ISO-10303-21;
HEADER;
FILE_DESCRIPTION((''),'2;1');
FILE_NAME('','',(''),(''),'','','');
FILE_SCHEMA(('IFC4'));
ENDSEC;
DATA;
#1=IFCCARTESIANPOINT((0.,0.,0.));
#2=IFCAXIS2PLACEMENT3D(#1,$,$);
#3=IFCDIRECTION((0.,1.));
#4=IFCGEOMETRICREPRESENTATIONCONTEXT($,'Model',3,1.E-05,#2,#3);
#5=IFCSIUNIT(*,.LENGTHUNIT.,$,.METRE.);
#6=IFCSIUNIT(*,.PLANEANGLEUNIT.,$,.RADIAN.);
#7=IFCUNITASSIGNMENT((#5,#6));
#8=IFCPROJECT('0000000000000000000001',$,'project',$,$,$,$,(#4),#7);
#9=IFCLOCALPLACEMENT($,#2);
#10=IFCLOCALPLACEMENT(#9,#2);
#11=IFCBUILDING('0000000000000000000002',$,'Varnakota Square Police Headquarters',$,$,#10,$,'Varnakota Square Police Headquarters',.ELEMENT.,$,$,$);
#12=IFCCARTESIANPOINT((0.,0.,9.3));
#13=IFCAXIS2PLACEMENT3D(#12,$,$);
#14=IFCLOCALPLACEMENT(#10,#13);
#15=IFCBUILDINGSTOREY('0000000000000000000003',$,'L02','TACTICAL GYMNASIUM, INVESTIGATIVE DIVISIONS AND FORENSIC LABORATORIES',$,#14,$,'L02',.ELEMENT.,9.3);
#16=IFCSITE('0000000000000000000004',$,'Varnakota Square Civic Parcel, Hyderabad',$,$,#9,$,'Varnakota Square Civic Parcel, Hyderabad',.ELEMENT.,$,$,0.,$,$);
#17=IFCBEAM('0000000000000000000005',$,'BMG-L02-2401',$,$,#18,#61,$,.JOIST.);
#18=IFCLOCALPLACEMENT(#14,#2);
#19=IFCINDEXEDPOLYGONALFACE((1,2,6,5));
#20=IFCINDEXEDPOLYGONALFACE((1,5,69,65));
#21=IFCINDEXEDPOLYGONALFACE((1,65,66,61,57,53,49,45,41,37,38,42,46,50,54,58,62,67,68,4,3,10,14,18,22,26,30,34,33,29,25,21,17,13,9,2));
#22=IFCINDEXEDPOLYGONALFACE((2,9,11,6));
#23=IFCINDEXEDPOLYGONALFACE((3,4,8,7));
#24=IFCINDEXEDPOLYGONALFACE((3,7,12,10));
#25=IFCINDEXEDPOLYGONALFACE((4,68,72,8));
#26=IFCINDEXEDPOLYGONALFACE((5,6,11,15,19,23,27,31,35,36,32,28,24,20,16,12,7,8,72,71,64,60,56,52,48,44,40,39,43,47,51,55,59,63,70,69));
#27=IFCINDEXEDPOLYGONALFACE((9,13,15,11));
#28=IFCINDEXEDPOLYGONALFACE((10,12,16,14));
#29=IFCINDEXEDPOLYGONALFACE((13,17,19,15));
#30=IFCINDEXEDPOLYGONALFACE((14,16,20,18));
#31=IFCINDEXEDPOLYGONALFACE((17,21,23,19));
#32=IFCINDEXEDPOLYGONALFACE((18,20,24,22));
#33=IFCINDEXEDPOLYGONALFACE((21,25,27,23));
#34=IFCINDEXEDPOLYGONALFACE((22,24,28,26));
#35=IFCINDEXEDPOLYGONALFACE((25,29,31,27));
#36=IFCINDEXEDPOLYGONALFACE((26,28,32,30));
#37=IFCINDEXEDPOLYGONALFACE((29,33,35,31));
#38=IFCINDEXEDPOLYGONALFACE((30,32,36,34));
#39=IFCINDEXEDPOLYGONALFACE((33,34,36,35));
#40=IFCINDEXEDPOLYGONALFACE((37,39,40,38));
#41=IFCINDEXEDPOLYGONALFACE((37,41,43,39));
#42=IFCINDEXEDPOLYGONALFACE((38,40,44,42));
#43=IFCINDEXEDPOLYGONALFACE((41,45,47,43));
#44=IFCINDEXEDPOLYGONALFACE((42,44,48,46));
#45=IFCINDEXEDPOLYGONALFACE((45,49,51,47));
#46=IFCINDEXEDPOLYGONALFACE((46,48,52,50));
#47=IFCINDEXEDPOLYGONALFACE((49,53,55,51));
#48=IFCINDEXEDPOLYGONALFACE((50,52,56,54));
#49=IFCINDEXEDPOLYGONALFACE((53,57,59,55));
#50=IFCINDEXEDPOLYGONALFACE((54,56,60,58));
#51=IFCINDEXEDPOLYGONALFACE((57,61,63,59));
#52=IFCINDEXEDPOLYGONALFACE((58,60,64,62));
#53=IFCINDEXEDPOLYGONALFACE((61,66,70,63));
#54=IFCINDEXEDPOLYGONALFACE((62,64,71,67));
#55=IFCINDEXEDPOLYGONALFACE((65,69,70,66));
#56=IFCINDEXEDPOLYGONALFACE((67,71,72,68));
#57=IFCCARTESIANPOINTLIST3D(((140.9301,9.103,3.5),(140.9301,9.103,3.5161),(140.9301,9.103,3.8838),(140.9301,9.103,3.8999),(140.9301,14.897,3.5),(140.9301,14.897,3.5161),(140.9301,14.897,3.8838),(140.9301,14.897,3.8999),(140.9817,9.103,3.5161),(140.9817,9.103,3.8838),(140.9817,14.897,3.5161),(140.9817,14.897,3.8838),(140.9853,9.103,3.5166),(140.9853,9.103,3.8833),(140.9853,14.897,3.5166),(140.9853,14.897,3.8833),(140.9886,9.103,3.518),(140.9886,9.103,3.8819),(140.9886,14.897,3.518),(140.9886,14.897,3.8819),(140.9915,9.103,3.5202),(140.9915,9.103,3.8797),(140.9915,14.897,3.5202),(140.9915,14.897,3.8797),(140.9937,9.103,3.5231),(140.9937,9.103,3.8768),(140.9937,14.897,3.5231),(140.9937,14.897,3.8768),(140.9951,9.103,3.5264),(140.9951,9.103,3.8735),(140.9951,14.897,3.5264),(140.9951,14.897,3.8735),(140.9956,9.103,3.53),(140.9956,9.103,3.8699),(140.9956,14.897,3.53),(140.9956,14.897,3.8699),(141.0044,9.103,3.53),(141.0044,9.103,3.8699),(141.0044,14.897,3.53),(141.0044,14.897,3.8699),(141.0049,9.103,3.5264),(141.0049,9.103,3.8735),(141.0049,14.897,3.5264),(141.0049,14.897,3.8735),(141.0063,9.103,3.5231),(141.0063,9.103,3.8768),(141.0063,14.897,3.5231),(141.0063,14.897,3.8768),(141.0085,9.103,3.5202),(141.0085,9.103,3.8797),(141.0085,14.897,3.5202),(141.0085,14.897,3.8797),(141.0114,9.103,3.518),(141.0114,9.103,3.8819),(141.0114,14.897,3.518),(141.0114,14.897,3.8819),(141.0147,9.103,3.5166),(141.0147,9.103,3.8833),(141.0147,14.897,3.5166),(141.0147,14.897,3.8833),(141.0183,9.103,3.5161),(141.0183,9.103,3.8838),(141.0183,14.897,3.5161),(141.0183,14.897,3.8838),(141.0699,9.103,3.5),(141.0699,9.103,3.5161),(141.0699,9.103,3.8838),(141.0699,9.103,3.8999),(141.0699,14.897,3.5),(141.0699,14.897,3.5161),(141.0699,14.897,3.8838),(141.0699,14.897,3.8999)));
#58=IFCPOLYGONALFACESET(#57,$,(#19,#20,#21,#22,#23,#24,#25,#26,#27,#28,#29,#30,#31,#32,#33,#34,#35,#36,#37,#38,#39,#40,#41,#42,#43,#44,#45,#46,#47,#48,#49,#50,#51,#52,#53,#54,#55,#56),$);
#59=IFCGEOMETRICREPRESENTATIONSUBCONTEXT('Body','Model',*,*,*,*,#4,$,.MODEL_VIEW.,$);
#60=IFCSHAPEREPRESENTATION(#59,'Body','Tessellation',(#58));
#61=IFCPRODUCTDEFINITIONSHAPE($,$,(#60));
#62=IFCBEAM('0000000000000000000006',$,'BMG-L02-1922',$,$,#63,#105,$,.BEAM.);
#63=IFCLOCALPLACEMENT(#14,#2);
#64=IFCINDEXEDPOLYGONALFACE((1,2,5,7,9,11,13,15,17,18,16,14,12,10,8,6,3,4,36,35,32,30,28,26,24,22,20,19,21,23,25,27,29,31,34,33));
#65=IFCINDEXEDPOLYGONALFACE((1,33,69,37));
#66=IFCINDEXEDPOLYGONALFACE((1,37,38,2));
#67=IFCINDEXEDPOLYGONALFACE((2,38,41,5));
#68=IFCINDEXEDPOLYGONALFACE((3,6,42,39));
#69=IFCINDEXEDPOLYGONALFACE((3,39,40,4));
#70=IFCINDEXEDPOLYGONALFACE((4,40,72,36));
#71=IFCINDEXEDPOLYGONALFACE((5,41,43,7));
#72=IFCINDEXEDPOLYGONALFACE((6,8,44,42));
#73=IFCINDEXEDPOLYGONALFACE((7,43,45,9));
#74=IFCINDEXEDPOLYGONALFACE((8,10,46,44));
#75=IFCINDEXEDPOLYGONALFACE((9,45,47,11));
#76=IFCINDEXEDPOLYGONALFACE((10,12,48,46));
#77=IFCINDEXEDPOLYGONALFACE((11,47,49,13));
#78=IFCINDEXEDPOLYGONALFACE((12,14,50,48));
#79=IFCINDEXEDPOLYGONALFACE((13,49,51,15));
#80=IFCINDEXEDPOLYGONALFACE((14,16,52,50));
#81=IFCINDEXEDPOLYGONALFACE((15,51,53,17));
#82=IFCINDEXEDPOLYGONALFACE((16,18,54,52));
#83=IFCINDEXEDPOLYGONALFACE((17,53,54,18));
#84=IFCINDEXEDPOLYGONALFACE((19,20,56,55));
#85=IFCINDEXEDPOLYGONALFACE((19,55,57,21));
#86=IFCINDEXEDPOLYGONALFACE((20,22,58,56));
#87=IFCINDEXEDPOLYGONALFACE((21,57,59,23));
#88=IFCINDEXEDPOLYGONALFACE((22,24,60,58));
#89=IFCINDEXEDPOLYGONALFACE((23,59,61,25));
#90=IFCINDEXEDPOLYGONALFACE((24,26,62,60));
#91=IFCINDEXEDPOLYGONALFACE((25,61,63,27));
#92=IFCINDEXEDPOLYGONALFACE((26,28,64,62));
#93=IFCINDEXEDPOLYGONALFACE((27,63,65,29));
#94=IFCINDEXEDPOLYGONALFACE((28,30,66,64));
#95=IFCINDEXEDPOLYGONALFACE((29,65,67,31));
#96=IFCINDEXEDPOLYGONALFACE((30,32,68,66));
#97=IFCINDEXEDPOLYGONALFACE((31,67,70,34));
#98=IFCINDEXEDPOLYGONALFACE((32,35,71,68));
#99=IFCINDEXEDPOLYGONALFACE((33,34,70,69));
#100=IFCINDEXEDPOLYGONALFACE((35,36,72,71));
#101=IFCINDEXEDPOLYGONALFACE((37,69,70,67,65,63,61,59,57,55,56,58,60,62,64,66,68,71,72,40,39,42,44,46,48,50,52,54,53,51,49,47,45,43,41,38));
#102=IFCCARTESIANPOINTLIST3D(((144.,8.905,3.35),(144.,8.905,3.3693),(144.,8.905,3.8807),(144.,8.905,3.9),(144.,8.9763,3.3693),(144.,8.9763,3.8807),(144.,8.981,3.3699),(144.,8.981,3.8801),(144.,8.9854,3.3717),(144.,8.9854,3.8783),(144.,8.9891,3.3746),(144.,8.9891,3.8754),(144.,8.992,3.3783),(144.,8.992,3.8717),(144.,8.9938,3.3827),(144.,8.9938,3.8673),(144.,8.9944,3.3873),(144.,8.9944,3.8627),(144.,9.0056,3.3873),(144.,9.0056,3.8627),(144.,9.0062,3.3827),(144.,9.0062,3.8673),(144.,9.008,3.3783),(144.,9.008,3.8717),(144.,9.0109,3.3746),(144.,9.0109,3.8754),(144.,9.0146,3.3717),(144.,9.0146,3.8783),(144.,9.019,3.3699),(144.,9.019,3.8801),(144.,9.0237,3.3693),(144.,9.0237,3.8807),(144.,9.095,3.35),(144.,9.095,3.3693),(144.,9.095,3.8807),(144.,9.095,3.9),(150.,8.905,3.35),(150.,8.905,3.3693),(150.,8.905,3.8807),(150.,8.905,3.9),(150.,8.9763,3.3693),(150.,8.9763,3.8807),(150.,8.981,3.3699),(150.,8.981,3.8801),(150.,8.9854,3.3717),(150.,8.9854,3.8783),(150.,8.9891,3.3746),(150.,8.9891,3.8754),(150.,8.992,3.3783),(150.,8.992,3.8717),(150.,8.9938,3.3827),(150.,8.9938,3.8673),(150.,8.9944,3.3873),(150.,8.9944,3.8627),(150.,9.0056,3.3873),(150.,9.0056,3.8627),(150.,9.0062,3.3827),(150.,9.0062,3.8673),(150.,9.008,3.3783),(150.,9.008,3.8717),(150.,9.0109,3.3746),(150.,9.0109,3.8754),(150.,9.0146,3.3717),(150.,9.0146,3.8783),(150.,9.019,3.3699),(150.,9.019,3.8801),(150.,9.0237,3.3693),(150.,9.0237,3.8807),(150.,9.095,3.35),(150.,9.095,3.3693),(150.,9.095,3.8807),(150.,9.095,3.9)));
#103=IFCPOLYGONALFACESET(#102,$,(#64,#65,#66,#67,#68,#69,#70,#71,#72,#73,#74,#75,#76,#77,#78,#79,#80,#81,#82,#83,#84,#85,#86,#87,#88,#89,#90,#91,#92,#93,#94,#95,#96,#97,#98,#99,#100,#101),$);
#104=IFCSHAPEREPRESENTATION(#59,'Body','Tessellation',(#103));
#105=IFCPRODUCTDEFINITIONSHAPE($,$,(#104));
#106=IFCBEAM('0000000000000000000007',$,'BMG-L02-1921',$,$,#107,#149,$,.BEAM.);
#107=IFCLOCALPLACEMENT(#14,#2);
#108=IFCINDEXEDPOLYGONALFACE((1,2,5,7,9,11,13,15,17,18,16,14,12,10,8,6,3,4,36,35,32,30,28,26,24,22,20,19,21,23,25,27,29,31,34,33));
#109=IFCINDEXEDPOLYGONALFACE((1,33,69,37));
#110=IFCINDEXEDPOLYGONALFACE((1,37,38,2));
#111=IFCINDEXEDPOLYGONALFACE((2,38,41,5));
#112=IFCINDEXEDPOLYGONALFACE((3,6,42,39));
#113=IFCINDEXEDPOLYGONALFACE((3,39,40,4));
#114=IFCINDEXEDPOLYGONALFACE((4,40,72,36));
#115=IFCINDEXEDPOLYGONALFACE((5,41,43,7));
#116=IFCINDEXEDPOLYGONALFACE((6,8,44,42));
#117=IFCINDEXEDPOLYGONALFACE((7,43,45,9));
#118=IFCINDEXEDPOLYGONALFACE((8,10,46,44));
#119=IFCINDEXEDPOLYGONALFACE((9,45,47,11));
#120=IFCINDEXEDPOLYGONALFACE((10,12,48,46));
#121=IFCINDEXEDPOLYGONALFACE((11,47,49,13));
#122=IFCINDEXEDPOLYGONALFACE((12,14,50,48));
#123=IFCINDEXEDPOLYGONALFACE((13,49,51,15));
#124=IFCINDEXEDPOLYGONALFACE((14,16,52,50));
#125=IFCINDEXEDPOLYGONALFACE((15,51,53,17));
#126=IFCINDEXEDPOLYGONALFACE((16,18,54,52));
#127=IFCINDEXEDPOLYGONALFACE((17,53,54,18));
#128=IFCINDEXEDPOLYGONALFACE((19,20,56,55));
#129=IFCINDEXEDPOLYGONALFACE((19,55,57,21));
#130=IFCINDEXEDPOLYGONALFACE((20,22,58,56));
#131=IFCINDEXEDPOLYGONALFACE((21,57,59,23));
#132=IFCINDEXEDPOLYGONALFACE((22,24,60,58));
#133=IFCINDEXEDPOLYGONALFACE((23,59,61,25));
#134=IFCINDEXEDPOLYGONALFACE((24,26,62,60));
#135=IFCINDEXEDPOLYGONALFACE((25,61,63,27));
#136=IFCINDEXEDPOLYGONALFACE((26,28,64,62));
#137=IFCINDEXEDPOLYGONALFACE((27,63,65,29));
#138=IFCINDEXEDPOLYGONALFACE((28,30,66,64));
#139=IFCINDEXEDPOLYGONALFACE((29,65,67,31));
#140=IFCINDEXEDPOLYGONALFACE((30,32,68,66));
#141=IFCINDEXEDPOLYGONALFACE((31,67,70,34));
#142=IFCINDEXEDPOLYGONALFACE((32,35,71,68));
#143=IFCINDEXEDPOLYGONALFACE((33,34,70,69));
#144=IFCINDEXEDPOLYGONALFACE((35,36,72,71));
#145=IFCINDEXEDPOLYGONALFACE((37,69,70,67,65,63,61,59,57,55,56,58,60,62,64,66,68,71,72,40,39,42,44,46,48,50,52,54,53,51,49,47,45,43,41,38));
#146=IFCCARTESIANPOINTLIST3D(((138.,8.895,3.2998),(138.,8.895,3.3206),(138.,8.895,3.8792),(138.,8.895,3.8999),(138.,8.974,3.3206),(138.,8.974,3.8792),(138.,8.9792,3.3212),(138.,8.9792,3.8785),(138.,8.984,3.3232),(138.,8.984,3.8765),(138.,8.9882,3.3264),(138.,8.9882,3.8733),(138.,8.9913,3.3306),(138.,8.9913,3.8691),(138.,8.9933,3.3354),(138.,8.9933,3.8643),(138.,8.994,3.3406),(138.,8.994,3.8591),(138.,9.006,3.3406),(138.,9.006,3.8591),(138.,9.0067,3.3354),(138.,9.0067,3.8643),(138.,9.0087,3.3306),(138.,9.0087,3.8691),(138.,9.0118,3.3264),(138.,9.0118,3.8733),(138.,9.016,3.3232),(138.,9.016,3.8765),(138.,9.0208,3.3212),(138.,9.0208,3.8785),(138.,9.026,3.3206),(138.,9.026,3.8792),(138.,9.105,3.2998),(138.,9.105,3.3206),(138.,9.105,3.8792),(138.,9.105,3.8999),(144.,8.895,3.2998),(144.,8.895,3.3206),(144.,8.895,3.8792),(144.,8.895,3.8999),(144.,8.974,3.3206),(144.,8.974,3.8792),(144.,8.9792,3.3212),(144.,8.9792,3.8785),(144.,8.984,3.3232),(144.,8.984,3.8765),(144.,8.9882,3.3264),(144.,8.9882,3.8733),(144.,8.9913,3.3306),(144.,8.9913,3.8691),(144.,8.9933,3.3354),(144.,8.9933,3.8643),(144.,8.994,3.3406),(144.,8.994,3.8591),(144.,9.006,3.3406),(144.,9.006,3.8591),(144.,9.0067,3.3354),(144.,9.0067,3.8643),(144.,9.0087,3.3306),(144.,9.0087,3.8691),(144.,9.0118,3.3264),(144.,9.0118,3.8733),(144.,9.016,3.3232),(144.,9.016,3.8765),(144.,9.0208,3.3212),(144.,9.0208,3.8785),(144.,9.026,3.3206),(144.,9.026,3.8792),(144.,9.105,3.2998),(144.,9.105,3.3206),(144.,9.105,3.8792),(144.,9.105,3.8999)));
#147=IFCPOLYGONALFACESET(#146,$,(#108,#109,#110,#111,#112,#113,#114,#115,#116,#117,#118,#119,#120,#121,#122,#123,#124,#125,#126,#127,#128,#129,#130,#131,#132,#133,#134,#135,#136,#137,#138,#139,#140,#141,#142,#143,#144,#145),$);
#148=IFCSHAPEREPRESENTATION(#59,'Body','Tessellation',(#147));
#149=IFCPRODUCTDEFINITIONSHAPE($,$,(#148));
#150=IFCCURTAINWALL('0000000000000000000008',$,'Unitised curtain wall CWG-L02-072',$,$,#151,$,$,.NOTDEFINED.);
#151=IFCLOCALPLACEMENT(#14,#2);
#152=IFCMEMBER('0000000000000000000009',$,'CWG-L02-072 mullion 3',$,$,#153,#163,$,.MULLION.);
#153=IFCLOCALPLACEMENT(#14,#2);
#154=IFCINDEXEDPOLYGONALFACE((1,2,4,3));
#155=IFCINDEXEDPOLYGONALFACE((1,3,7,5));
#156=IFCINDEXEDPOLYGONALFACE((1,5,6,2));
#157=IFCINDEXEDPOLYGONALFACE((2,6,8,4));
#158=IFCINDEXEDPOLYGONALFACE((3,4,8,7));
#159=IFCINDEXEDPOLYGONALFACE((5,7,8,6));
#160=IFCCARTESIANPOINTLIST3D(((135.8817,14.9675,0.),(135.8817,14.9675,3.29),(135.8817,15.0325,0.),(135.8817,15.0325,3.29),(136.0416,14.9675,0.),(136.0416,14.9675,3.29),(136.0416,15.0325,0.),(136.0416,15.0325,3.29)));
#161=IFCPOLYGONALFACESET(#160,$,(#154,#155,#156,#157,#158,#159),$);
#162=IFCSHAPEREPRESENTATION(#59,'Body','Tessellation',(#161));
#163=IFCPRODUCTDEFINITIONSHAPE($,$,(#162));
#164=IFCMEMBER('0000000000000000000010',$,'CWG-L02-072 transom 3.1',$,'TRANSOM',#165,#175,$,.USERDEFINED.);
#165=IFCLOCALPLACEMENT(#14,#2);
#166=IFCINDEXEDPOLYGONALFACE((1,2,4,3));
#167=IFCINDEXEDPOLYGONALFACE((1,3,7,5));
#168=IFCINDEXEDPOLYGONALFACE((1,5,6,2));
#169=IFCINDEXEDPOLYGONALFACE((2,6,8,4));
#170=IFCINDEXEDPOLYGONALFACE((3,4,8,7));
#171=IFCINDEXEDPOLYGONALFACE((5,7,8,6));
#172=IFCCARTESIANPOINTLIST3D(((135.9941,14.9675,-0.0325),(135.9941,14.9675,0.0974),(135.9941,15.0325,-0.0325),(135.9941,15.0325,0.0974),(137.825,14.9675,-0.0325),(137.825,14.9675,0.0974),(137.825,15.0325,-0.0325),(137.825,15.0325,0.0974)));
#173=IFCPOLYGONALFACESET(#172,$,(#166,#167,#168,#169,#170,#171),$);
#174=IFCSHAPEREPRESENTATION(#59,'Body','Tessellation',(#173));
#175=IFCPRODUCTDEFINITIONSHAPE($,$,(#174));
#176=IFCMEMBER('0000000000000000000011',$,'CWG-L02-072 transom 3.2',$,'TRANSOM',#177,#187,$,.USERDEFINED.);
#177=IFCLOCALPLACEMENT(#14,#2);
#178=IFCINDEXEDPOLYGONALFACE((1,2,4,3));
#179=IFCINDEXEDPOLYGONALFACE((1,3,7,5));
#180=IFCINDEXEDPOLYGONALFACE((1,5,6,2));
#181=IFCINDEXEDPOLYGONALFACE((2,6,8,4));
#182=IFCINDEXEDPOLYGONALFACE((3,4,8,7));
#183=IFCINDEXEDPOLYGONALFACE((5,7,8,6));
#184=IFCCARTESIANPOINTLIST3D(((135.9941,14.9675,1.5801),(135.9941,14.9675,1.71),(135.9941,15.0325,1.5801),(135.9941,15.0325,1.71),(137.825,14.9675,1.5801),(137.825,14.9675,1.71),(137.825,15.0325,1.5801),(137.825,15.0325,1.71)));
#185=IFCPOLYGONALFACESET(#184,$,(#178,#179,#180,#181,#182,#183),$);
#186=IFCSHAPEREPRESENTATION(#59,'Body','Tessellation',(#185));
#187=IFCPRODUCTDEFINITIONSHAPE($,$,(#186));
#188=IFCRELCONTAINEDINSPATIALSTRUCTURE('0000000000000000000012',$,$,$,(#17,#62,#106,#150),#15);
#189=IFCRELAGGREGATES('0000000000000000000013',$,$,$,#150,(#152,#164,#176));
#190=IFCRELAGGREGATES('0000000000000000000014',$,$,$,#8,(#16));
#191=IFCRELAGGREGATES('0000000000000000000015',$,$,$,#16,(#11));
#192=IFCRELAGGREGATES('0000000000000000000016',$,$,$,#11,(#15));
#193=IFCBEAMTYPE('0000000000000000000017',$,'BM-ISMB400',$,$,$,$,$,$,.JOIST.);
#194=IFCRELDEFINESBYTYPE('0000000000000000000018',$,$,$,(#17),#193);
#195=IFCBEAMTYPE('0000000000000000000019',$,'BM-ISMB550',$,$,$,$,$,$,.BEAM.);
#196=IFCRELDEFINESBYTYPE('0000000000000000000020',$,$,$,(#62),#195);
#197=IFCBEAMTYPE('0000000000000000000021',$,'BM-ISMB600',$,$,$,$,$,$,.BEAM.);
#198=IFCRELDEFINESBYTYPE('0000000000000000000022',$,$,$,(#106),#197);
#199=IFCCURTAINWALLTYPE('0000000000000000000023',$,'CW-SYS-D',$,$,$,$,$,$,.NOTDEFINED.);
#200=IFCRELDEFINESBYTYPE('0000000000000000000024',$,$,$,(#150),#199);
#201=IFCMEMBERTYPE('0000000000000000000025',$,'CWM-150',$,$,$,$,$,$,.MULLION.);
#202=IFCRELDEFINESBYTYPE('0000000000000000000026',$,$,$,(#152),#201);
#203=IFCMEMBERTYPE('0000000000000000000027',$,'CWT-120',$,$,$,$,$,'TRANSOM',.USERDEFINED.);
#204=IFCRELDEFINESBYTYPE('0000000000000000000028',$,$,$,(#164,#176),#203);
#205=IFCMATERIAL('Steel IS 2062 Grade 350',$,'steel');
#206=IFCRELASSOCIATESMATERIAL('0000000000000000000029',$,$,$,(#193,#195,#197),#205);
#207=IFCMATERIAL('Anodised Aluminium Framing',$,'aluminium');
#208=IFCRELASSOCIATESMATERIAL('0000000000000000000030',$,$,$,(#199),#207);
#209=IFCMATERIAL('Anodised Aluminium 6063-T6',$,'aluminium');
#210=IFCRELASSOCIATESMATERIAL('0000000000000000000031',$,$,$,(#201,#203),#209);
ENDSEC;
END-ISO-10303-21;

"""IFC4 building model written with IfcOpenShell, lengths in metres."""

from ifc_helpers import new_model, si_unit, direction, frame, origin, origin_2d, place, context, subcontext, project, spatial, rectangle, i_section, extrude, material, material_profile, profile_set, type_object, element, aggregate, save


model = new_model("IFC4")

# Units and contexts
model_context = context("Model", 3, precision=1e-05, world=origin(), true_north=direction((0.0, 1.0)))
body_context = subcontext(model_context, "Body", "Model", "MODEL_VIEW")
ifc_project = project(units=[si_unit("LENGTHUNIT", "METRE"), si_unit("PLANEANGLEUNIT", "RADIAN")], contexts=[model_context])

# Site, building, storey
site_placement = place(None, origin())
site = spatial("IfcSite", under=ifc_project, at=site_placement, Name="Varnakota Square Civic Parcel, Hyderabad", LongName="Varnakota Square Civic Parcel, Hyderabad", CompositionType="ELEMENT", RefElevation=0.0)
building_placement = place(site_placement, origin())
building = spatial("IfcBuilding", under=site, at=building_placement, Name="Varnakota Square Police Headquarters", LongName="Varnakota Square Police Headquarters", CompositionType="ELEMENT")
storey_placement = place(building_placement, frame((0.0, 0.0, 9.3)))
storey = spatial("IfcBuildingStorey", under=building, at=storey_placement, Name="L02", Description="TACTICAL GYMNASIUM, INVESTIGATIVE DIVISIONS AND FORENSIC LABORATORIES", LongName="L02", CompositionType="ELEMENT", Elevation=9.3)

# Shared definitions
ifc_material_1 = material(Name="Steel IS 2062 Grade 350", Category="steel")

# Beams
ifc_material_profile_1 = material_profile(ifc_material_1, i_section(OverallWidth=0.1399, OverallDepth=0.3999, WebThickness=0.0088, FlangeThickness=0.0161, FilletRadius=0.0139, at=origin_2d()), Name="ISMB 400")
ifc_profile_set_1 = profile_set([ifc_material_profile_1], Name="Steel IS 2062 Grade 350")
beam_type_1 = type_object("IfcBeamType", Name="BM-ISMB400", PredefinedType="JOIST", material=ifc_profile_set_1)
beam_1_placement = place(storey_placement, frame((141.0, 9.103, 3.7), z_axis=(0.0, 1.0, 0.0), x_axis=(-1.0, 0.0, 0.0)))
element("IfcBeam", 1, at=beam_1_placement, inside=storey, type_object=beam_type_1, Name="BMG-L02-2401", PredefinedType="JOIST", context=body_context, shape_type="SweptSolid", body=[
    extrude(i_section(OverallWidth=0.1399, OverallDepth=0.3999, WebThickness=0.0088, FlangeThickness=0.0161, FilletRadius=0.0139, at=origin_2d()), origin(), (0.0, 0.0, 1.0), 5.7939),
])
ifc_material_profile_2 = material_profile(ifc_material_1, i_section(OverallWidth=0.1899, OverallDepth=0.55, WebThickness=0.0112, FlangeThickness=0.0193, FilletRadius=0.0181, at=origin_2d()), Name="ISMB 550")
ifc_profile_set_2 = profile_set([ifc_material_profile_2], Name="Steel IS 2062 Grade 350")
beam_type_2 = type_object("IfcBeamType", Name="BM-ISMB550", PredefinedType="BEAM", material=ifc_profile_set_2)
beam_2_placement = place(storey_placement, frame((144.0, 9.0, 3.625), z_axis=(1.0, 0.0, 0.0), x_axis=(0.0, 1.0, 0.0)))
element("IfcBeam", 2, at=beam_2_placement, inside=storey, type_object=beam_type_2, Name="BMG-L02-1922", PredefinedType="BEAM", context=body_context, shape_type="SweptSolid", body=[
    extrude(i_section(OverallWidth=0.1899, OverallDepth=0.55, WebThickness=0.0112, FlangeThickness=0.0193, FilletRadius=0.0181, at=origin_2d()), origin(), (0.0, 0.0, 1.0), 6.0),
])
ifc_material_profile_3 = material_profile(ifc_material_1, i_section(OverallWidth=0.21, OverallDepth=0.6001, WebThickness=0.012, FlangeThickness=0.0208, FilletRadius=0.02, at=origin_2d()), Name="ISMB 600")
ifc_profile_set_3 = profile_set([ifc_material_profile_3], Name="Steel IS 2062 Grade 350")
beam_type_3 = type_object("IfcBeamType", Name="BM-ISMB600", PredefinedType="BEAM", material=ifc_profile_set_3)
beam_3_placement = place(storey_placement, frame((138.0, 9.0, 3.5999), z_axis=(1.0, 0.0, 0.0), x_axis=(0.0, 1.0, 0.0)))
element("IfcBeam", 3, at=beam_3_placement, inside=storey, type_object=beam_type_3, Name="BMG-L02-1921", PredefinedType="BEAM", context=body_context, shape_type="SweptSolid", body=[
    extrude(i_section(OverallWidth=0.21, OverallDepth=0.6001, WebThickness=0.012, FlangeThickness=0.0208, FilletRadius=0.02, at=origin_2d()), origin(), (0.0, 0.0, 1.0), 6.0),
])

# Curtain wall, members
ifc_material_2 = material(Name="Anodised Aluminium Framing", Category="aluminium")
curtain_wall_type_1 = type_object("IfcCurtainWallType", Name="CW-SYS-D", PredefinedType="NOTDEFINED", material=ifc_material_2)
curtain_wall_1_placement = place(storey_placement, origin())
curtain_wall_1 = element("IfcCurtainWall", 4, at=curtain_wall_1_placement, inside=storey, type_object=curtain_wall_type_1, Name="Unitised curtain wall CWG-L02-072", PredefinedType="NOTDEFINED")
ifc_material_3 = material(Name="Anodised Aluminium 6063-T6", Category="aluminium")
ifc_material_profile_4 = material_profile(ifc_material_3, rectangle(XDim=0.0649, YDim=0.1599, at=origin_2d()), Name="ALU MULLION 65x160")
ifc_profile_set_4 = profile_set([ifc_material_profile_4], Name="Anodised Aluminium 6063-T6")
member_type_1 = type_object("IfcMemberType", Name="CWM-150", PredefinedType="MULLION", material=ifc_profile_set_4)
member_1_placement = place(storey_placement, frame((135.9617, 15.0, 0.0), z_axis=(0.0, 0.0, 1.0), x_axis=(0.0, 1.0, 0.0)))
member_1 = element("IfcMember", 5, at=member_1_placement, type_object=member_type_1, Name="CWG-L02-072 mullion 3", PredefinedType="MULLION", context=body_context, shape_type="SweptSolid", body=[
    extrude(rectangle(XDim=0.0649, YDim=0.1599, at=origin_2d()), origin(), (0.0, 0.0, 1.0), 3.29),
])
ifc_material_profile_5 = material_profile(ifc_material_3, rectangle(XDim=0.0649, YDim=0.1299, at=origin_2d()), Name="ALU TRANSOM 65x130")
ifc_profile_set_5 = profile_set([ifc_material_profile_5], Name="Anodised Aluminium 6063-T6")
member_type_2 = type_object("IfcMemberType", Name="CWT-120", ElementType="TRANSOM", PredefinedType="USERDEFINED", material=ifc_profile_set_5)
member_2_placement = place(storey_placement, frame((135.9941, 15.0, 0.0325), z_axis=(1.0, 0.0, 0.0), x_axis=(0.0, 1.0, 0.0)))
member_2 = element("IfcMember", 6, at=member_2_placement, type_object=member_type_2, Name="CWG-L02-072 transom 3.1", ObjectType="TRANSOM", PredefinedType="USERDEFINED", context=body_context, shape_type="SweptSolid", body=[
    extrude(rectangle(XDim=0.0649, YDim=0.1299, at=origin_2d()), origin(), (0.0, 0.0, 1.0), 1.8308),
])
member_3_placement = place(storey_placement, frame((135.9941, 15.0, 1.645), z_axis=(1.0, 0.0, 0.0), x_axis=(0.0, 1.0, 0.0)))
member_3 = element("IfcMember", 7, at=member_3_placement, type_object=member_type_2, Name="CWG-L02-072 transom 3.2", ObjectType="TRANSOM", PredefinedType="USERDEFINED", context=body_context, shape_type="SweptSolid", body=[
    extrude(rectangle(XDim=0.0649, YDim=0.1299, at=origin_2d()), origin(), (0.0, 0.0, 1.0), 1.8308),
])
aggregate(curtain_wall_1, [member_1, member_2, member_3])

save(model, "model.ifc")
